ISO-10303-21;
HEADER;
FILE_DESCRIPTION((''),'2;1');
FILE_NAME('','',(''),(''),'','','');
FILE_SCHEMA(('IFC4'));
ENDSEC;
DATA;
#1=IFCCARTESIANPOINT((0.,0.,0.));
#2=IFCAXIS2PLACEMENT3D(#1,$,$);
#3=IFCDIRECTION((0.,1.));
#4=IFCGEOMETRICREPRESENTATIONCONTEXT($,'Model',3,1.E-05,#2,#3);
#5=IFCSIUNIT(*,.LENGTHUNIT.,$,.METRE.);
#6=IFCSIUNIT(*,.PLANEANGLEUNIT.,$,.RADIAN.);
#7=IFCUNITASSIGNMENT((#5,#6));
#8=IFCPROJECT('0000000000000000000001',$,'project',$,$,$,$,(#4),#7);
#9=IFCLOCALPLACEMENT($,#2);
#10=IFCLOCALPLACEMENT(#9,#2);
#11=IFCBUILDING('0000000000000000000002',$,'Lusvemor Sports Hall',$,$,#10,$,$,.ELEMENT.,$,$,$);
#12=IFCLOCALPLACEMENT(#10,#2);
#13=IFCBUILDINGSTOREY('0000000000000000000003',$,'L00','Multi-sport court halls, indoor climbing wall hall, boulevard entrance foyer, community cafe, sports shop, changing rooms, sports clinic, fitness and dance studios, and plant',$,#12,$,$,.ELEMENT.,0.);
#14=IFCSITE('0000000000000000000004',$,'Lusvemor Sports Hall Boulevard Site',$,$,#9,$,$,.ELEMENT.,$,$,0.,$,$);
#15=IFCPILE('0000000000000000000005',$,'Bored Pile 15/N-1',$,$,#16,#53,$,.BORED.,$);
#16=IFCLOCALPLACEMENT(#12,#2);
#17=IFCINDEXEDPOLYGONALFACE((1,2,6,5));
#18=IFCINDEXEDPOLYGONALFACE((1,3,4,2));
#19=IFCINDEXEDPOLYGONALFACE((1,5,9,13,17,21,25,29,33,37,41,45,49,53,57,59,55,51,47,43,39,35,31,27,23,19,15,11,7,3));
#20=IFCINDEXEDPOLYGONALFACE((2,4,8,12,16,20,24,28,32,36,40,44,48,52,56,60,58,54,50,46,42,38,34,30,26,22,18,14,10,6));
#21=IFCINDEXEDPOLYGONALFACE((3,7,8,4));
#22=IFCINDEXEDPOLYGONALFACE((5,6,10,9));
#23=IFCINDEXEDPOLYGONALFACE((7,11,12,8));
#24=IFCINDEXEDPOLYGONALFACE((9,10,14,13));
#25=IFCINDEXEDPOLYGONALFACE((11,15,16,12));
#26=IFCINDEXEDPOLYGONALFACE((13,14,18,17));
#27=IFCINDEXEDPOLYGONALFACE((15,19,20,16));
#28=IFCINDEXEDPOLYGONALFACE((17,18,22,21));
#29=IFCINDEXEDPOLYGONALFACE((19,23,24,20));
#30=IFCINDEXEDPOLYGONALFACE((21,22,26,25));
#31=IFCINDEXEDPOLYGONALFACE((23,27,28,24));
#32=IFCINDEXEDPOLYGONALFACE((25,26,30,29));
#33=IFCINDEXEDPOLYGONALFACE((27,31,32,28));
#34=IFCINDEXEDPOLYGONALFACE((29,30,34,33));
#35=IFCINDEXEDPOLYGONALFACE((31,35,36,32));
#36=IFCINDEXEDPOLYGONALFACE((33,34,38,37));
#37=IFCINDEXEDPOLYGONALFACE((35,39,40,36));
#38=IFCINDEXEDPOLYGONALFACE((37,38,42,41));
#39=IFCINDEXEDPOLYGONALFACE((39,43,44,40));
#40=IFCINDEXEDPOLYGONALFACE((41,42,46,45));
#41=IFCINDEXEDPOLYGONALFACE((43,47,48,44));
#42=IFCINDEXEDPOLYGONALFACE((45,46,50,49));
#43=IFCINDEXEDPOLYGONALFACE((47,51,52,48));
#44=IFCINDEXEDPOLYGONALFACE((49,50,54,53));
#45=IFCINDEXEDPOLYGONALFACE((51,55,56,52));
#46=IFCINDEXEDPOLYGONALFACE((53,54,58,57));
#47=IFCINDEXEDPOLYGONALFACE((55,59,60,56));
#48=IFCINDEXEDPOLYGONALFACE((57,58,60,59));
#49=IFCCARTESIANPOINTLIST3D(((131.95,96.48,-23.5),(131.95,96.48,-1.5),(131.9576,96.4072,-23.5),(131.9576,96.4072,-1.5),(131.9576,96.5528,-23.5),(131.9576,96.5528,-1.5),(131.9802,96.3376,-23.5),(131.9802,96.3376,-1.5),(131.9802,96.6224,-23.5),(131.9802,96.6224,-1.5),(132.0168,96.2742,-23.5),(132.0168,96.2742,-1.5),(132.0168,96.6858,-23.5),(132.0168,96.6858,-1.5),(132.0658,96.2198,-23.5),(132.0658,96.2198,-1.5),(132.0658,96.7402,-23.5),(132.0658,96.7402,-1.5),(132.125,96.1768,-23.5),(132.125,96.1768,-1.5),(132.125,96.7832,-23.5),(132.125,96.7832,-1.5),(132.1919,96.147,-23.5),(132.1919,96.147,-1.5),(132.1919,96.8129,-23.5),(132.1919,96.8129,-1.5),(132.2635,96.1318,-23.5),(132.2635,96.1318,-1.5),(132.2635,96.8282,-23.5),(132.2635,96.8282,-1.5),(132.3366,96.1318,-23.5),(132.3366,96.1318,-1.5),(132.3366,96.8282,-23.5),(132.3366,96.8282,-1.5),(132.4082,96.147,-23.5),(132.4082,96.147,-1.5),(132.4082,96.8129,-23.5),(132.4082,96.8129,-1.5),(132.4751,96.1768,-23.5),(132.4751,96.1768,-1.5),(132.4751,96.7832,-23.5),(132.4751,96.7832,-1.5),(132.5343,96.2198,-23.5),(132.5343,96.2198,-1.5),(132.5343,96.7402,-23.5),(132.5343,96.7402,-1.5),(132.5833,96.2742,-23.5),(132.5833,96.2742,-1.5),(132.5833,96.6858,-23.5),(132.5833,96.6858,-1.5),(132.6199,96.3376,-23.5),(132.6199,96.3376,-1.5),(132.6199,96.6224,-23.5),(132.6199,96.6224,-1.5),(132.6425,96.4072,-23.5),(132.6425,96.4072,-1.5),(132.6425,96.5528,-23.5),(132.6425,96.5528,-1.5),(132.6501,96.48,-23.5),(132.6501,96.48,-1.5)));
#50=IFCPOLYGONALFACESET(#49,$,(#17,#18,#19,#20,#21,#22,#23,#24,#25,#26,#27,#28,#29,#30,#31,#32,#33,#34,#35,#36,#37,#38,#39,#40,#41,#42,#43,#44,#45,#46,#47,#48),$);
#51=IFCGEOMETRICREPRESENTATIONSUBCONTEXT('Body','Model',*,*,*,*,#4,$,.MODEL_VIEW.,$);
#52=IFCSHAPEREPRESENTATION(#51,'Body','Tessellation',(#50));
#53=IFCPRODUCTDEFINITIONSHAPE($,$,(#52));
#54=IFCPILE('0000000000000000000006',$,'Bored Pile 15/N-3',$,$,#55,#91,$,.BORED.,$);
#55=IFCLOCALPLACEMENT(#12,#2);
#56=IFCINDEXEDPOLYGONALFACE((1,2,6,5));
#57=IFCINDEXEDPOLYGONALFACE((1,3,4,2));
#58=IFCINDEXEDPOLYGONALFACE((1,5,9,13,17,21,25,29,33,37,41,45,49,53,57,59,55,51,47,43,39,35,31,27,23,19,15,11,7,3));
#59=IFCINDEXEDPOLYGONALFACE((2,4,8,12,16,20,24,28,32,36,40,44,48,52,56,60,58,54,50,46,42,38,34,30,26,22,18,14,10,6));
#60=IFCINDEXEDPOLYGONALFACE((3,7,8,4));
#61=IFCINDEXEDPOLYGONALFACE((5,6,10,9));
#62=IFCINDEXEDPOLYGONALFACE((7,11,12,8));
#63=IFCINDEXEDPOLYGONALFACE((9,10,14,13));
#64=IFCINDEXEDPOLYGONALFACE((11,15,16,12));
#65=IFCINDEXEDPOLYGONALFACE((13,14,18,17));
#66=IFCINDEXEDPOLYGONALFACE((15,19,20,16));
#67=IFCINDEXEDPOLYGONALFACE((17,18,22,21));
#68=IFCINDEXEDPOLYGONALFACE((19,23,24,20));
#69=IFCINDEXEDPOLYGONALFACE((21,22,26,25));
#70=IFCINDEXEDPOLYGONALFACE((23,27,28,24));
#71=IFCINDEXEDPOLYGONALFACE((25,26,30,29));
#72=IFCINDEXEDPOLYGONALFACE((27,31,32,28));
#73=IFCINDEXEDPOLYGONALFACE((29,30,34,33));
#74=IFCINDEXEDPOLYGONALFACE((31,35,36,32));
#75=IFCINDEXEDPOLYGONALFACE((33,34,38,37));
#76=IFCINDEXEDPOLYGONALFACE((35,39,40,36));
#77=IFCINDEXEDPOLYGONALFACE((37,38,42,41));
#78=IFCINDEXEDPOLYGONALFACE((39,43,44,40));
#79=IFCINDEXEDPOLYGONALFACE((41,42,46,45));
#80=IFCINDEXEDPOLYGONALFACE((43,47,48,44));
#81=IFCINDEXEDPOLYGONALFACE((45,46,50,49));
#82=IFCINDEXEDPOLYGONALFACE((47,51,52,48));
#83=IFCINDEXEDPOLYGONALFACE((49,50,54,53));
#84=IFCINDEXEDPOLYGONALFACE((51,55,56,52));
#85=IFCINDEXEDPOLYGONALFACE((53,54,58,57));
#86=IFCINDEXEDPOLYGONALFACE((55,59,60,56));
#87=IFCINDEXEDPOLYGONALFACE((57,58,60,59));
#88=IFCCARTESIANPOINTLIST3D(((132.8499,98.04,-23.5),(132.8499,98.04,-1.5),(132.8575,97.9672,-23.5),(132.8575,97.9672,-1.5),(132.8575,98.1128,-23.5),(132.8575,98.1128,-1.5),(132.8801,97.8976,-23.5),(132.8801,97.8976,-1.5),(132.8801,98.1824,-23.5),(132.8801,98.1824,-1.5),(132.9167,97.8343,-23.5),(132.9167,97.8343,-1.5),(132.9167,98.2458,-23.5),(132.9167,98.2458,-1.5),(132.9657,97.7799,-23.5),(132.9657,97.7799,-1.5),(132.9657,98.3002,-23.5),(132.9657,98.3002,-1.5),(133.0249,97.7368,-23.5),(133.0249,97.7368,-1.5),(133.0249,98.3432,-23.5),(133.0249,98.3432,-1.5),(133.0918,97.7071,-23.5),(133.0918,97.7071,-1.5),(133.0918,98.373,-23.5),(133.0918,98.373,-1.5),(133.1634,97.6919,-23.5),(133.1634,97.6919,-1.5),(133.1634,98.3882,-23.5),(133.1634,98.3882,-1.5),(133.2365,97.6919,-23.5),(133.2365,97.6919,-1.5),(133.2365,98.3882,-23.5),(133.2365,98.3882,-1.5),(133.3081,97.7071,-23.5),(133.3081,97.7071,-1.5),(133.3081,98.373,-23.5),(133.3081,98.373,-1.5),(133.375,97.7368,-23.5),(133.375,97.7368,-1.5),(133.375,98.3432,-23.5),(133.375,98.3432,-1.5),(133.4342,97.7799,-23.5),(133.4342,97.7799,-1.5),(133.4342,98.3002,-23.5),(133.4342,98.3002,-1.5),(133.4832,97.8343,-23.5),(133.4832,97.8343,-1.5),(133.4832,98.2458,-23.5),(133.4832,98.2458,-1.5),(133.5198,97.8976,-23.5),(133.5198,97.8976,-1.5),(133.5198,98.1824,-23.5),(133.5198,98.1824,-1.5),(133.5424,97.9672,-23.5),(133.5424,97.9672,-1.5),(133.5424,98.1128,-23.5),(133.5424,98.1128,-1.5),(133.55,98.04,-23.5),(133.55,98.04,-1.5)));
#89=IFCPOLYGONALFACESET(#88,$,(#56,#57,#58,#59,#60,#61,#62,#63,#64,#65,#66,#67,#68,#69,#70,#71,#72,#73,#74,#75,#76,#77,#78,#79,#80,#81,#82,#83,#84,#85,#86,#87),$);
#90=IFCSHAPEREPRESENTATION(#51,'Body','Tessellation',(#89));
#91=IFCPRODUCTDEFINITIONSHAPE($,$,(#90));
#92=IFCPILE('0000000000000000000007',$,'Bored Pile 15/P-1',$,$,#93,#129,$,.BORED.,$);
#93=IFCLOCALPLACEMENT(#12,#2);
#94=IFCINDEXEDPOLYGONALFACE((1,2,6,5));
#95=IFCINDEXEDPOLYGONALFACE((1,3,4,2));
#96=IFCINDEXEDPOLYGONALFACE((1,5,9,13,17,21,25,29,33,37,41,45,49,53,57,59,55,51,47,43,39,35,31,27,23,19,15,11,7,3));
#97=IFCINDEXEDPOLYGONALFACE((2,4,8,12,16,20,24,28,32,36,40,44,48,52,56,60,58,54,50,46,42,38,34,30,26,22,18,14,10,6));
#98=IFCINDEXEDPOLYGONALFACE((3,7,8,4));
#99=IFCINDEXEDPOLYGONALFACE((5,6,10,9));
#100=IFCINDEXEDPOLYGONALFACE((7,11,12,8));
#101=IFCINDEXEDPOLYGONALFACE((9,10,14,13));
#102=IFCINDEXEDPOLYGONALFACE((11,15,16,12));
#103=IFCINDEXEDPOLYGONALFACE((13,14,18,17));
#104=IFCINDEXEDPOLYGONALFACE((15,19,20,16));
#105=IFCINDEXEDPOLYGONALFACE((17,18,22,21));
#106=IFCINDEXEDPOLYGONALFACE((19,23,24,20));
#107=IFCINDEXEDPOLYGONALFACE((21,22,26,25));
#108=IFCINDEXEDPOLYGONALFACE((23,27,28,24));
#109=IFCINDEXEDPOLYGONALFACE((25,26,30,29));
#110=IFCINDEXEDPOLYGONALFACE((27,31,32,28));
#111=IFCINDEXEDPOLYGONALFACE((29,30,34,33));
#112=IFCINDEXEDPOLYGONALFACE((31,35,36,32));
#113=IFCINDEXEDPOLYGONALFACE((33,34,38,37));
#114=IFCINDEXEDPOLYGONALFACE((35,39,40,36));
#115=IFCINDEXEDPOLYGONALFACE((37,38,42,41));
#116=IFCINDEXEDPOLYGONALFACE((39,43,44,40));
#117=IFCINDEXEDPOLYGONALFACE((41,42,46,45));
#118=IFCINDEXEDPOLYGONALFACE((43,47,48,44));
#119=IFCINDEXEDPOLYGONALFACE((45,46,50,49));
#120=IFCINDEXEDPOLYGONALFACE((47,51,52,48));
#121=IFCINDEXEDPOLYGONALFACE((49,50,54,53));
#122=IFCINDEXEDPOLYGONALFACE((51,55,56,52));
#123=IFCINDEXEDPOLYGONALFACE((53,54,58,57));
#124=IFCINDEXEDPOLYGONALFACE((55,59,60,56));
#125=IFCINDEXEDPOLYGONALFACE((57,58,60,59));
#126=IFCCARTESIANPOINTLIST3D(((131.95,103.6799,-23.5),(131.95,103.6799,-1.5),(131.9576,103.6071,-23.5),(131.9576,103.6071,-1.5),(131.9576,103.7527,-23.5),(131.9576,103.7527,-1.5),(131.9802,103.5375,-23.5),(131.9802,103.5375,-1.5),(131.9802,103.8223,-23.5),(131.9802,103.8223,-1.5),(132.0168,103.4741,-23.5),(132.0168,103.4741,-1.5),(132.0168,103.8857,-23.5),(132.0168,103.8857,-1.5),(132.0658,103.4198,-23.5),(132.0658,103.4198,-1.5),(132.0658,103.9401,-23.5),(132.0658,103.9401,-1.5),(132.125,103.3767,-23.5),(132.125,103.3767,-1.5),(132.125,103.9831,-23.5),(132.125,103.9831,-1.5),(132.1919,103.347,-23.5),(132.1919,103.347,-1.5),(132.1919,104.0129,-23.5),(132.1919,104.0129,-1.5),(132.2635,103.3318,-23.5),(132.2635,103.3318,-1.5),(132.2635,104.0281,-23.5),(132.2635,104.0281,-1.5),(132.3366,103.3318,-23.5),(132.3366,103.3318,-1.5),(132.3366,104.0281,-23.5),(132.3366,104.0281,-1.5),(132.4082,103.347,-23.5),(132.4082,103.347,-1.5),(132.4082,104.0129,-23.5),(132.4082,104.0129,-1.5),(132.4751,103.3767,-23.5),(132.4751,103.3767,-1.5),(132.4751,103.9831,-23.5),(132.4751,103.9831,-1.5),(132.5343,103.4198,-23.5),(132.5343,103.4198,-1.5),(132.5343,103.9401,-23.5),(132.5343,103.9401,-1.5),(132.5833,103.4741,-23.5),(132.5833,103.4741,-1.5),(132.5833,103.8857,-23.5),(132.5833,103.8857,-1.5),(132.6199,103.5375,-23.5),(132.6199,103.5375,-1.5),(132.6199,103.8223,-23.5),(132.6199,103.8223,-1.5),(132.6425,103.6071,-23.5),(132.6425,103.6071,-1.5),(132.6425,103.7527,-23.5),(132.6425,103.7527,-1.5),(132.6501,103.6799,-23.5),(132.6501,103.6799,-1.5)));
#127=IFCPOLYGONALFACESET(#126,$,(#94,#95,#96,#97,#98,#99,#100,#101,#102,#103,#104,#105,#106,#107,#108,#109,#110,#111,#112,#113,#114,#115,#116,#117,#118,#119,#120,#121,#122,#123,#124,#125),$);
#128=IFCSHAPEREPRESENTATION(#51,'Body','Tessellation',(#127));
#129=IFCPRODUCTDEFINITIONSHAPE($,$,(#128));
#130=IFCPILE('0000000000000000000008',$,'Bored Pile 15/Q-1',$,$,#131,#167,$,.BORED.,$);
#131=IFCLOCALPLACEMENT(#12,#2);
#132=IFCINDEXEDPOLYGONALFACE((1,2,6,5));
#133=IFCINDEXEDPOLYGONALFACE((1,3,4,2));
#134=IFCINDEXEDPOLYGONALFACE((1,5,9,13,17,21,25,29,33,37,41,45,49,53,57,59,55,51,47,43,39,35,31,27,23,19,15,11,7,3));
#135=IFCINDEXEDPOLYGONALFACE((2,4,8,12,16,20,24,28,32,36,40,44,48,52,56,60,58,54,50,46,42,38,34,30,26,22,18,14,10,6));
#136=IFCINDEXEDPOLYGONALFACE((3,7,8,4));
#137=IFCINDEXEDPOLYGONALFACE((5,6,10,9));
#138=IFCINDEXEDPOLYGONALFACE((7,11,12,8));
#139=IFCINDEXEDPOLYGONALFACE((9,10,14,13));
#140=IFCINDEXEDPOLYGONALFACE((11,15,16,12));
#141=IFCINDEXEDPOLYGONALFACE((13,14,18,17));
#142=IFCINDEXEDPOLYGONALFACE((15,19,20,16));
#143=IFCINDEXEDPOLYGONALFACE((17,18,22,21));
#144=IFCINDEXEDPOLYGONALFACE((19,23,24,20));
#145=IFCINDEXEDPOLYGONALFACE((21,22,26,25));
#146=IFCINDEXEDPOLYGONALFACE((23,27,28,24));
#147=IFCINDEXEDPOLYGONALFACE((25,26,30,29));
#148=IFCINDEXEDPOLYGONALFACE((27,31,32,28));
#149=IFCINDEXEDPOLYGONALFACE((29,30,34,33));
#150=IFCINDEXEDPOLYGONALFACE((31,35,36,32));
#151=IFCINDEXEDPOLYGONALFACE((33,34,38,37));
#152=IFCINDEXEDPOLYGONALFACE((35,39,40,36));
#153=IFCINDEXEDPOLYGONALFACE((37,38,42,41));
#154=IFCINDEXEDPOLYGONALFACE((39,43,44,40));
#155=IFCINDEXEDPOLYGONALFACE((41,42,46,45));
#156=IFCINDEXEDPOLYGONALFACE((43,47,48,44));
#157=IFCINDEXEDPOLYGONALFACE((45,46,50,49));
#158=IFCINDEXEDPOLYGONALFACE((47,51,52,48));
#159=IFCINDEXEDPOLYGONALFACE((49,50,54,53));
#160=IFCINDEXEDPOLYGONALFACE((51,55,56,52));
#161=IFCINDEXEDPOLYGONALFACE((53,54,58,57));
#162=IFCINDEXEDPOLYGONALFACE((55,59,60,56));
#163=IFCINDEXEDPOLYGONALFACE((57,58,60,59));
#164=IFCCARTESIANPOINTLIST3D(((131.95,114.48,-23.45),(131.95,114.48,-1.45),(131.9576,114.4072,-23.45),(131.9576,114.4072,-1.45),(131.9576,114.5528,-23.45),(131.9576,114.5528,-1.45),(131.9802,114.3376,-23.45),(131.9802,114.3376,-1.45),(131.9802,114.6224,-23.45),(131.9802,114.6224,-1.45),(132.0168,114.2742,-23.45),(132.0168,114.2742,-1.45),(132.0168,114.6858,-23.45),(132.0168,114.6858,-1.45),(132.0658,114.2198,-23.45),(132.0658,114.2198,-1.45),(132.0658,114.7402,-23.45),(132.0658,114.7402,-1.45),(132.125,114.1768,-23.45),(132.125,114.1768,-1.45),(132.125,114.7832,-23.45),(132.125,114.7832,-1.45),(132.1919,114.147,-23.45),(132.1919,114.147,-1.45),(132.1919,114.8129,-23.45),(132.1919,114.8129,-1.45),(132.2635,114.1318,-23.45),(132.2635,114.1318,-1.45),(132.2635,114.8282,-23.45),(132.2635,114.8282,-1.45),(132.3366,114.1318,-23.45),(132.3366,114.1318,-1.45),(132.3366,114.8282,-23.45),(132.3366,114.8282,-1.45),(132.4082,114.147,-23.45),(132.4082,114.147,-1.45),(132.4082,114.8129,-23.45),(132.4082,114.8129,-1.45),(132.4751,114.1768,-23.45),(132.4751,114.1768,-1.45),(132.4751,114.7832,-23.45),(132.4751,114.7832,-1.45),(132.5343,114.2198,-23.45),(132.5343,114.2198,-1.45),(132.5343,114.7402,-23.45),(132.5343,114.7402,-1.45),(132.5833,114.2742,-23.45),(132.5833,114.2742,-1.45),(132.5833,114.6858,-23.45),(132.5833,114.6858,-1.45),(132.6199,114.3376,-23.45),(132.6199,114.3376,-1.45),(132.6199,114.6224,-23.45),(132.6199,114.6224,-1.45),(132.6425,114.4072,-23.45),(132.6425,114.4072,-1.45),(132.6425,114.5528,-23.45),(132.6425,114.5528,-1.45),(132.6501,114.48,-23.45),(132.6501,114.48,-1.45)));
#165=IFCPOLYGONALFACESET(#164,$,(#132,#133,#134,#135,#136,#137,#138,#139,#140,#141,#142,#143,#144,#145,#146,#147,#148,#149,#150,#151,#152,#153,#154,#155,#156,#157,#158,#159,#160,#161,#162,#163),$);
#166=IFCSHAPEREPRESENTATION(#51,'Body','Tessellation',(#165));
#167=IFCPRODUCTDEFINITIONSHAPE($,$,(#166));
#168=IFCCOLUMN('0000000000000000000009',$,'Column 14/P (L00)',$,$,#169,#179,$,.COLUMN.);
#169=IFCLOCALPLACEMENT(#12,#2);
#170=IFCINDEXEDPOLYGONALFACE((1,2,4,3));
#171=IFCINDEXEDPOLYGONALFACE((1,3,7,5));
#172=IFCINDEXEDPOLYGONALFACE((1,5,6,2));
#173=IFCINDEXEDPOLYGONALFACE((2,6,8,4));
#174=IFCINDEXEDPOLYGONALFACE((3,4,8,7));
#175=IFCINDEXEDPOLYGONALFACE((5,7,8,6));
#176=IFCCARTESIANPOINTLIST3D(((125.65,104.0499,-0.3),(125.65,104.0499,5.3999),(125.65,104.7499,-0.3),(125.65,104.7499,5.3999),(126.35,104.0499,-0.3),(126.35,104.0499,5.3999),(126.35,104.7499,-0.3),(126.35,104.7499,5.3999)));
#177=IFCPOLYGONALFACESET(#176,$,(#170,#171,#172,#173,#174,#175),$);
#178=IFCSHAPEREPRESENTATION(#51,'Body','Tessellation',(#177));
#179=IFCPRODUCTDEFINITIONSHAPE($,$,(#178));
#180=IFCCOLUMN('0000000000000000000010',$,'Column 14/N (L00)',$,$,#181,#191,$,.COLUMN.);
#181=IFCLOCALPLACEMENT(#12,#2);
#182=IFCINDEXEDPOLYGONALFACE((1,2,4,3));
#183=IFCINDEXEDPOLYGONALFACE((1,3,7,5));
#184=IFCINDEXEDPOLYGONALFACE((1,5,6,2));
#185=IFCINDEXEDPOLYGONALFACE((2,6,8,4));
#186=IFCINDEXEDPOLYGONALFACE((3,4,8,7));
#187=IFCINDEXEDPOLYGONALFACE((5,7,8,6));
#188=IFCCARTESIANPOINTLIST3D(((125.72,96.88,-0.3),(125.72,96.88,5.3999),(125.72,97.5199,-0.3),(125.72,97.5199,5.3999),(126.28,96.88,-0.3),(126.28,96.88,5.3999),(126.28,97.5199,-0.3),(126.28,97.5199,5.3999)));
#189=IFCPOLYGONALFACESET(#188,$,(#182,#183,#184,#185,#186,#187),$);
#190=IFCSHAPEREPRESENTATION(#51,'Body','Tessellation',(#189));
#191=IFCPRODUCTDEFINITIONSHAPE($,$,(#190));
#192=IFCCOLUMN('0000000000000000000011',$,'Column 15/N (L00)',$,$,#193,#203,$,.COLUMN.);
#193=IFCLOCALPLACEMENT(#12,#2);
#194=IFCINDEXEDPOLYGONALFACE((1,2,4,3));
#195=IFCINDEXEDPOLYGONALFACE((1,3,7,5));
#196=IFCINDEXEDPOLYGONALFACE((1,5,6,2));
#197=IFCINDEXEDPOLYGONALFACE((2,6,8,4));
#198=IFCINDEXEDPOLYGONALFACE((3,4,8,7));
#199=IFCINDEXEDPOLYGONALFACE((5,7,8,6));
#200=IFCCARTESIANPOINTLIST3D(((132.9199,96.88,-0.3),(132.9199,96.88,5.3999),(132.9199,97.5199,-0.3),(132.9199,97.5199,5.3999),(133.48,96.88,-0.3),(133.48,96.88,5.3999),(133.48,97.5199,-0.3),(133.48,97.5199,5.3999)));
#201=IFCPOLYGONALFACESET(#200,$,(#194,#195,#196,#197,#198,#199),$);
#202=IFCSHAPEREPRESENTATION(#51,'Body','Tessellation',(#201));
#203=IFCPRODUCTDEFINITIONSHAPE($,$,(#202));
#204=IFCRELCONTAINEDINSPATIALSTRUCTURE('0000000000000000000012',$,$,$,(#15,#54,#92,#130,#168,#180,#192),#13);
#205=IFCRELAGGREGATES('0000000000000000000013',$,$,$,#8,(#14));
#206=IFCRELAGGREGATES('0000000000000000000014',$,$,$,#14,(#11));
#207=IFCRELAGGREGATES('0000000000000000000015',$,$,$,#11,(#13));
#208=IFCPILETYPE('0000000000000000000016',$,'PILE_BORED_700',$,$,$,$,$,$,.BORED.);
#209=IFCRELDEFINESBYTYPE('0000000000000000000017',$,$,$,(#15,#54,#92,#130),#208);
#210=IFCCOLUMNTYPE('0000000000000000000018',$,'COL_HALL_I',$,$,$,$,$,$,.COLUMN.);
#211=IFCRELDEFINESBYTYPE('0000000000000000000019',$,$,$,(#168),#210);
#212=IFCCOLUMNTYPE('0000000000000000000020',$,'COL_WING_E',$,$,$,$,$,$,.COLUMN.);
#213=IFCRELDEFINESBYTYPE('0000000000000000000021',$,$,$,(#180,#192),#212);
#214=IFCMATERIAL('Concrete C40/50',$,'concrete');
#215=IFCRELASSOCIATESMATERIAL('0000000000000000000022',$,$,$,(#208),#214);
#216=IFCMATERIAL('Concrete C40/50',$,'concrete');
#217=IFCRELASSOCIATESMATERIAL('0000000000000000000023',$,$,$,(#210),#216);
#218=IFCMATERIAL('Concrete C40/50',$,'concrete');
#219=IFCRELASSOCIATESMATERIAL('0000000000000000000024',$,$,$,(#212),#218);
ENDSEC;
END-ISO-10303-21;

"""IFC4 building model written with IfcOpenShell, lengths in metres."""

from ifc_helpers import new_model, si_unit, direction, frame, origin, origin_2d, place, context, subcontext, project, spatial, rectangle, circle, extrude, material, material_profile, profile_set, type_object, element, save


model = new_model("IFC4")

# Units and contexts
model_context = context("Model", 3, precision=1e-05, world=origin(), true_north=direction((0.0, 1.0)))
body_context = subcontext(model_context, "Body", "Model", "MODEL_VIEW")
ifc_project = project(units=[si_unit("LENGTHUNIT", "METRE"), si_unit("PLANEANGLEUNIT", "RADIAN")], contexts=[model_context])

# Site, building, storey
site_placement = place(None, origin())
site = spatial("IfcSite", under=ifc_project, at=site_placement, Name="Lusvemor Sports Hall Boulevard Site", CompositionType="ELEMENT", RefElevation=0.0)
building_placement = place(site_placement, origin())
building = spatial("IfcBuilding", under=site, at=building_placement, Name="Lusvemor Sports Hall", CompositionType="ELEMENT")
storey_placement = place(building_placement, origin())
storey = spatial("IfcBuildingStorey", under=building, at=storey_placement, Name="L00", Description="Multi-sport court halls, indoor climbing wall hall, boulevard entrance foyer, community cafe, sports shop, changing rooms, sports clinic, fitness and dance studios, and plant", CompositionType="ELEMENT", Elevation=0.0)

# Piles
ifc_material_1 = material(Name="Concrete C40/50", Category="concrete")
ifc_material_profile_1 = material_profile(ifc_material_1, circle(Radius=0.3501, at=origin_2d()), Name="PILE700")
ifc_profile_set_1 = profile_set([ifc_material_profile_1], Name="Concrete C40/50")
pile_type = type_object("IfcPileType", Name="PILE_BORED_700", PredefinedType="BORED", material=ifc_profile_set_1)
for number, where, z_axis, x_axis, name in (
    (1, (132.3, 96.48, -1.5), (0.0, 0.0, -1.0), (1.0, 0.0, 0.0), "Bored Pile 15/N-1"),
    (2, (133.2, 98.04, -1.5), (0.0, 0.0, -1.0), (1.0, 0.0, 0.0), "Bored Pile 15/N-3"),
    (3, (132.3, 103.6799, -1.5), (0.0, 0.0, -1.0), (1.0, 0.0, 0.0), "Bored Pile 15/P-1"),
    (4, (132.3, 114.48, -1.45), (0.0, 0.0, -1.0), (1.0, 0.0, 0.0), "Bored Pile 15/Q-1"),
):
    element("IfcPile", number, at=place(storey_placement, frame(where, z_axis=z_axis, x_axis=x_axis)), inside=storey, type_object=pile_type, Name=name, PredefinedType="BORED", context=body_context, shape_type="SweptSolid", body=[
        extrude(circle(Radius=0.3501, at=origin_2d()), origin(), (0.0, 0.0, 1.0), 22.0),
    ])

# Columns
ifc_material_2 = material(Name="Concrete C40/50", Category="concrete")
ifc_material_profile_2 = material_profile(ifc_material_2, rectangle(XDim=0.7, YDim=0.7, at=origin_2d()), Name="RC700x700")
ifc_profile_set_2 = profile_set([ifc_material_profile_2], Name="Concrete C40/50")
column_type_1 = type_object("IfcColumnType", Name="COL_HALL_I", PredefinedType="COLUMN", material=ifc_profile_set_2)
column_placement = place(storey_placement, frame((126.0, 104.3999, -0.3), z_axis=(0.0, 0.0, 1.0), x_axis=(1.0, 0.0, 0.0)))
element("IfcColumn", 5, at=column_placement, inside=storey, type_object=column_type_1, Name="Column 14/P (L00)", PredefinedType="COLUMN", context=body_context, shape_type="SweptSolid", body=[
    extrude(rectangle(XDim=0.7, YDim=0.7, at=origin_2d()), origin(), (0.0, 0.0, 1.0), 5.7),
])
ifc_material_3 = material(Name="Concrete C40/50", Category="concrete")
ifc_material_profile_3 = material_profile(ifc_material_3, rectangle(XDim=0.5601, YDim=0.6399, at=origin_2d()), Name="RC560x640")
ifc_profile_set_3 = profile_set([ifc_material_profile_3], Name="Concrete C40/50")
column_type_2 = type_object("IfcColumnType", Name="COL_WING_E", PredefinedType="COLUMN", material=ifc_profile_set_3)
for number, where, z_axis, x_axis, name in (
    (6, (126.0, 97.2, -0.3), (0.0, 0.0, 1.0), (1.0, 0.0, 0.0), "Column 14/N (L00)"),
    (7, (133.2, 97.2, -0.3), (0.0, 0.0, 1.0), (1.0, 0.0, 0.0), "Column 15/N (L00)"),
):
    element("IfcColumn", number, at=place(storey_placement, frame(where, z_axis=z_axis, x_axis=x_axis)), inside=storey, type_object=column_type_2, Name=name, PredefinedType="COLUMN", context=body_context, shape_type="SweptSolid", body=[
        extrude(rectangle(XDim=0.5601, YDim=0.6399, at=origin_2d()), origin(), (0.0, 0.0, 1.0), 5.7),
    ])

save(model, "model.ifc")
